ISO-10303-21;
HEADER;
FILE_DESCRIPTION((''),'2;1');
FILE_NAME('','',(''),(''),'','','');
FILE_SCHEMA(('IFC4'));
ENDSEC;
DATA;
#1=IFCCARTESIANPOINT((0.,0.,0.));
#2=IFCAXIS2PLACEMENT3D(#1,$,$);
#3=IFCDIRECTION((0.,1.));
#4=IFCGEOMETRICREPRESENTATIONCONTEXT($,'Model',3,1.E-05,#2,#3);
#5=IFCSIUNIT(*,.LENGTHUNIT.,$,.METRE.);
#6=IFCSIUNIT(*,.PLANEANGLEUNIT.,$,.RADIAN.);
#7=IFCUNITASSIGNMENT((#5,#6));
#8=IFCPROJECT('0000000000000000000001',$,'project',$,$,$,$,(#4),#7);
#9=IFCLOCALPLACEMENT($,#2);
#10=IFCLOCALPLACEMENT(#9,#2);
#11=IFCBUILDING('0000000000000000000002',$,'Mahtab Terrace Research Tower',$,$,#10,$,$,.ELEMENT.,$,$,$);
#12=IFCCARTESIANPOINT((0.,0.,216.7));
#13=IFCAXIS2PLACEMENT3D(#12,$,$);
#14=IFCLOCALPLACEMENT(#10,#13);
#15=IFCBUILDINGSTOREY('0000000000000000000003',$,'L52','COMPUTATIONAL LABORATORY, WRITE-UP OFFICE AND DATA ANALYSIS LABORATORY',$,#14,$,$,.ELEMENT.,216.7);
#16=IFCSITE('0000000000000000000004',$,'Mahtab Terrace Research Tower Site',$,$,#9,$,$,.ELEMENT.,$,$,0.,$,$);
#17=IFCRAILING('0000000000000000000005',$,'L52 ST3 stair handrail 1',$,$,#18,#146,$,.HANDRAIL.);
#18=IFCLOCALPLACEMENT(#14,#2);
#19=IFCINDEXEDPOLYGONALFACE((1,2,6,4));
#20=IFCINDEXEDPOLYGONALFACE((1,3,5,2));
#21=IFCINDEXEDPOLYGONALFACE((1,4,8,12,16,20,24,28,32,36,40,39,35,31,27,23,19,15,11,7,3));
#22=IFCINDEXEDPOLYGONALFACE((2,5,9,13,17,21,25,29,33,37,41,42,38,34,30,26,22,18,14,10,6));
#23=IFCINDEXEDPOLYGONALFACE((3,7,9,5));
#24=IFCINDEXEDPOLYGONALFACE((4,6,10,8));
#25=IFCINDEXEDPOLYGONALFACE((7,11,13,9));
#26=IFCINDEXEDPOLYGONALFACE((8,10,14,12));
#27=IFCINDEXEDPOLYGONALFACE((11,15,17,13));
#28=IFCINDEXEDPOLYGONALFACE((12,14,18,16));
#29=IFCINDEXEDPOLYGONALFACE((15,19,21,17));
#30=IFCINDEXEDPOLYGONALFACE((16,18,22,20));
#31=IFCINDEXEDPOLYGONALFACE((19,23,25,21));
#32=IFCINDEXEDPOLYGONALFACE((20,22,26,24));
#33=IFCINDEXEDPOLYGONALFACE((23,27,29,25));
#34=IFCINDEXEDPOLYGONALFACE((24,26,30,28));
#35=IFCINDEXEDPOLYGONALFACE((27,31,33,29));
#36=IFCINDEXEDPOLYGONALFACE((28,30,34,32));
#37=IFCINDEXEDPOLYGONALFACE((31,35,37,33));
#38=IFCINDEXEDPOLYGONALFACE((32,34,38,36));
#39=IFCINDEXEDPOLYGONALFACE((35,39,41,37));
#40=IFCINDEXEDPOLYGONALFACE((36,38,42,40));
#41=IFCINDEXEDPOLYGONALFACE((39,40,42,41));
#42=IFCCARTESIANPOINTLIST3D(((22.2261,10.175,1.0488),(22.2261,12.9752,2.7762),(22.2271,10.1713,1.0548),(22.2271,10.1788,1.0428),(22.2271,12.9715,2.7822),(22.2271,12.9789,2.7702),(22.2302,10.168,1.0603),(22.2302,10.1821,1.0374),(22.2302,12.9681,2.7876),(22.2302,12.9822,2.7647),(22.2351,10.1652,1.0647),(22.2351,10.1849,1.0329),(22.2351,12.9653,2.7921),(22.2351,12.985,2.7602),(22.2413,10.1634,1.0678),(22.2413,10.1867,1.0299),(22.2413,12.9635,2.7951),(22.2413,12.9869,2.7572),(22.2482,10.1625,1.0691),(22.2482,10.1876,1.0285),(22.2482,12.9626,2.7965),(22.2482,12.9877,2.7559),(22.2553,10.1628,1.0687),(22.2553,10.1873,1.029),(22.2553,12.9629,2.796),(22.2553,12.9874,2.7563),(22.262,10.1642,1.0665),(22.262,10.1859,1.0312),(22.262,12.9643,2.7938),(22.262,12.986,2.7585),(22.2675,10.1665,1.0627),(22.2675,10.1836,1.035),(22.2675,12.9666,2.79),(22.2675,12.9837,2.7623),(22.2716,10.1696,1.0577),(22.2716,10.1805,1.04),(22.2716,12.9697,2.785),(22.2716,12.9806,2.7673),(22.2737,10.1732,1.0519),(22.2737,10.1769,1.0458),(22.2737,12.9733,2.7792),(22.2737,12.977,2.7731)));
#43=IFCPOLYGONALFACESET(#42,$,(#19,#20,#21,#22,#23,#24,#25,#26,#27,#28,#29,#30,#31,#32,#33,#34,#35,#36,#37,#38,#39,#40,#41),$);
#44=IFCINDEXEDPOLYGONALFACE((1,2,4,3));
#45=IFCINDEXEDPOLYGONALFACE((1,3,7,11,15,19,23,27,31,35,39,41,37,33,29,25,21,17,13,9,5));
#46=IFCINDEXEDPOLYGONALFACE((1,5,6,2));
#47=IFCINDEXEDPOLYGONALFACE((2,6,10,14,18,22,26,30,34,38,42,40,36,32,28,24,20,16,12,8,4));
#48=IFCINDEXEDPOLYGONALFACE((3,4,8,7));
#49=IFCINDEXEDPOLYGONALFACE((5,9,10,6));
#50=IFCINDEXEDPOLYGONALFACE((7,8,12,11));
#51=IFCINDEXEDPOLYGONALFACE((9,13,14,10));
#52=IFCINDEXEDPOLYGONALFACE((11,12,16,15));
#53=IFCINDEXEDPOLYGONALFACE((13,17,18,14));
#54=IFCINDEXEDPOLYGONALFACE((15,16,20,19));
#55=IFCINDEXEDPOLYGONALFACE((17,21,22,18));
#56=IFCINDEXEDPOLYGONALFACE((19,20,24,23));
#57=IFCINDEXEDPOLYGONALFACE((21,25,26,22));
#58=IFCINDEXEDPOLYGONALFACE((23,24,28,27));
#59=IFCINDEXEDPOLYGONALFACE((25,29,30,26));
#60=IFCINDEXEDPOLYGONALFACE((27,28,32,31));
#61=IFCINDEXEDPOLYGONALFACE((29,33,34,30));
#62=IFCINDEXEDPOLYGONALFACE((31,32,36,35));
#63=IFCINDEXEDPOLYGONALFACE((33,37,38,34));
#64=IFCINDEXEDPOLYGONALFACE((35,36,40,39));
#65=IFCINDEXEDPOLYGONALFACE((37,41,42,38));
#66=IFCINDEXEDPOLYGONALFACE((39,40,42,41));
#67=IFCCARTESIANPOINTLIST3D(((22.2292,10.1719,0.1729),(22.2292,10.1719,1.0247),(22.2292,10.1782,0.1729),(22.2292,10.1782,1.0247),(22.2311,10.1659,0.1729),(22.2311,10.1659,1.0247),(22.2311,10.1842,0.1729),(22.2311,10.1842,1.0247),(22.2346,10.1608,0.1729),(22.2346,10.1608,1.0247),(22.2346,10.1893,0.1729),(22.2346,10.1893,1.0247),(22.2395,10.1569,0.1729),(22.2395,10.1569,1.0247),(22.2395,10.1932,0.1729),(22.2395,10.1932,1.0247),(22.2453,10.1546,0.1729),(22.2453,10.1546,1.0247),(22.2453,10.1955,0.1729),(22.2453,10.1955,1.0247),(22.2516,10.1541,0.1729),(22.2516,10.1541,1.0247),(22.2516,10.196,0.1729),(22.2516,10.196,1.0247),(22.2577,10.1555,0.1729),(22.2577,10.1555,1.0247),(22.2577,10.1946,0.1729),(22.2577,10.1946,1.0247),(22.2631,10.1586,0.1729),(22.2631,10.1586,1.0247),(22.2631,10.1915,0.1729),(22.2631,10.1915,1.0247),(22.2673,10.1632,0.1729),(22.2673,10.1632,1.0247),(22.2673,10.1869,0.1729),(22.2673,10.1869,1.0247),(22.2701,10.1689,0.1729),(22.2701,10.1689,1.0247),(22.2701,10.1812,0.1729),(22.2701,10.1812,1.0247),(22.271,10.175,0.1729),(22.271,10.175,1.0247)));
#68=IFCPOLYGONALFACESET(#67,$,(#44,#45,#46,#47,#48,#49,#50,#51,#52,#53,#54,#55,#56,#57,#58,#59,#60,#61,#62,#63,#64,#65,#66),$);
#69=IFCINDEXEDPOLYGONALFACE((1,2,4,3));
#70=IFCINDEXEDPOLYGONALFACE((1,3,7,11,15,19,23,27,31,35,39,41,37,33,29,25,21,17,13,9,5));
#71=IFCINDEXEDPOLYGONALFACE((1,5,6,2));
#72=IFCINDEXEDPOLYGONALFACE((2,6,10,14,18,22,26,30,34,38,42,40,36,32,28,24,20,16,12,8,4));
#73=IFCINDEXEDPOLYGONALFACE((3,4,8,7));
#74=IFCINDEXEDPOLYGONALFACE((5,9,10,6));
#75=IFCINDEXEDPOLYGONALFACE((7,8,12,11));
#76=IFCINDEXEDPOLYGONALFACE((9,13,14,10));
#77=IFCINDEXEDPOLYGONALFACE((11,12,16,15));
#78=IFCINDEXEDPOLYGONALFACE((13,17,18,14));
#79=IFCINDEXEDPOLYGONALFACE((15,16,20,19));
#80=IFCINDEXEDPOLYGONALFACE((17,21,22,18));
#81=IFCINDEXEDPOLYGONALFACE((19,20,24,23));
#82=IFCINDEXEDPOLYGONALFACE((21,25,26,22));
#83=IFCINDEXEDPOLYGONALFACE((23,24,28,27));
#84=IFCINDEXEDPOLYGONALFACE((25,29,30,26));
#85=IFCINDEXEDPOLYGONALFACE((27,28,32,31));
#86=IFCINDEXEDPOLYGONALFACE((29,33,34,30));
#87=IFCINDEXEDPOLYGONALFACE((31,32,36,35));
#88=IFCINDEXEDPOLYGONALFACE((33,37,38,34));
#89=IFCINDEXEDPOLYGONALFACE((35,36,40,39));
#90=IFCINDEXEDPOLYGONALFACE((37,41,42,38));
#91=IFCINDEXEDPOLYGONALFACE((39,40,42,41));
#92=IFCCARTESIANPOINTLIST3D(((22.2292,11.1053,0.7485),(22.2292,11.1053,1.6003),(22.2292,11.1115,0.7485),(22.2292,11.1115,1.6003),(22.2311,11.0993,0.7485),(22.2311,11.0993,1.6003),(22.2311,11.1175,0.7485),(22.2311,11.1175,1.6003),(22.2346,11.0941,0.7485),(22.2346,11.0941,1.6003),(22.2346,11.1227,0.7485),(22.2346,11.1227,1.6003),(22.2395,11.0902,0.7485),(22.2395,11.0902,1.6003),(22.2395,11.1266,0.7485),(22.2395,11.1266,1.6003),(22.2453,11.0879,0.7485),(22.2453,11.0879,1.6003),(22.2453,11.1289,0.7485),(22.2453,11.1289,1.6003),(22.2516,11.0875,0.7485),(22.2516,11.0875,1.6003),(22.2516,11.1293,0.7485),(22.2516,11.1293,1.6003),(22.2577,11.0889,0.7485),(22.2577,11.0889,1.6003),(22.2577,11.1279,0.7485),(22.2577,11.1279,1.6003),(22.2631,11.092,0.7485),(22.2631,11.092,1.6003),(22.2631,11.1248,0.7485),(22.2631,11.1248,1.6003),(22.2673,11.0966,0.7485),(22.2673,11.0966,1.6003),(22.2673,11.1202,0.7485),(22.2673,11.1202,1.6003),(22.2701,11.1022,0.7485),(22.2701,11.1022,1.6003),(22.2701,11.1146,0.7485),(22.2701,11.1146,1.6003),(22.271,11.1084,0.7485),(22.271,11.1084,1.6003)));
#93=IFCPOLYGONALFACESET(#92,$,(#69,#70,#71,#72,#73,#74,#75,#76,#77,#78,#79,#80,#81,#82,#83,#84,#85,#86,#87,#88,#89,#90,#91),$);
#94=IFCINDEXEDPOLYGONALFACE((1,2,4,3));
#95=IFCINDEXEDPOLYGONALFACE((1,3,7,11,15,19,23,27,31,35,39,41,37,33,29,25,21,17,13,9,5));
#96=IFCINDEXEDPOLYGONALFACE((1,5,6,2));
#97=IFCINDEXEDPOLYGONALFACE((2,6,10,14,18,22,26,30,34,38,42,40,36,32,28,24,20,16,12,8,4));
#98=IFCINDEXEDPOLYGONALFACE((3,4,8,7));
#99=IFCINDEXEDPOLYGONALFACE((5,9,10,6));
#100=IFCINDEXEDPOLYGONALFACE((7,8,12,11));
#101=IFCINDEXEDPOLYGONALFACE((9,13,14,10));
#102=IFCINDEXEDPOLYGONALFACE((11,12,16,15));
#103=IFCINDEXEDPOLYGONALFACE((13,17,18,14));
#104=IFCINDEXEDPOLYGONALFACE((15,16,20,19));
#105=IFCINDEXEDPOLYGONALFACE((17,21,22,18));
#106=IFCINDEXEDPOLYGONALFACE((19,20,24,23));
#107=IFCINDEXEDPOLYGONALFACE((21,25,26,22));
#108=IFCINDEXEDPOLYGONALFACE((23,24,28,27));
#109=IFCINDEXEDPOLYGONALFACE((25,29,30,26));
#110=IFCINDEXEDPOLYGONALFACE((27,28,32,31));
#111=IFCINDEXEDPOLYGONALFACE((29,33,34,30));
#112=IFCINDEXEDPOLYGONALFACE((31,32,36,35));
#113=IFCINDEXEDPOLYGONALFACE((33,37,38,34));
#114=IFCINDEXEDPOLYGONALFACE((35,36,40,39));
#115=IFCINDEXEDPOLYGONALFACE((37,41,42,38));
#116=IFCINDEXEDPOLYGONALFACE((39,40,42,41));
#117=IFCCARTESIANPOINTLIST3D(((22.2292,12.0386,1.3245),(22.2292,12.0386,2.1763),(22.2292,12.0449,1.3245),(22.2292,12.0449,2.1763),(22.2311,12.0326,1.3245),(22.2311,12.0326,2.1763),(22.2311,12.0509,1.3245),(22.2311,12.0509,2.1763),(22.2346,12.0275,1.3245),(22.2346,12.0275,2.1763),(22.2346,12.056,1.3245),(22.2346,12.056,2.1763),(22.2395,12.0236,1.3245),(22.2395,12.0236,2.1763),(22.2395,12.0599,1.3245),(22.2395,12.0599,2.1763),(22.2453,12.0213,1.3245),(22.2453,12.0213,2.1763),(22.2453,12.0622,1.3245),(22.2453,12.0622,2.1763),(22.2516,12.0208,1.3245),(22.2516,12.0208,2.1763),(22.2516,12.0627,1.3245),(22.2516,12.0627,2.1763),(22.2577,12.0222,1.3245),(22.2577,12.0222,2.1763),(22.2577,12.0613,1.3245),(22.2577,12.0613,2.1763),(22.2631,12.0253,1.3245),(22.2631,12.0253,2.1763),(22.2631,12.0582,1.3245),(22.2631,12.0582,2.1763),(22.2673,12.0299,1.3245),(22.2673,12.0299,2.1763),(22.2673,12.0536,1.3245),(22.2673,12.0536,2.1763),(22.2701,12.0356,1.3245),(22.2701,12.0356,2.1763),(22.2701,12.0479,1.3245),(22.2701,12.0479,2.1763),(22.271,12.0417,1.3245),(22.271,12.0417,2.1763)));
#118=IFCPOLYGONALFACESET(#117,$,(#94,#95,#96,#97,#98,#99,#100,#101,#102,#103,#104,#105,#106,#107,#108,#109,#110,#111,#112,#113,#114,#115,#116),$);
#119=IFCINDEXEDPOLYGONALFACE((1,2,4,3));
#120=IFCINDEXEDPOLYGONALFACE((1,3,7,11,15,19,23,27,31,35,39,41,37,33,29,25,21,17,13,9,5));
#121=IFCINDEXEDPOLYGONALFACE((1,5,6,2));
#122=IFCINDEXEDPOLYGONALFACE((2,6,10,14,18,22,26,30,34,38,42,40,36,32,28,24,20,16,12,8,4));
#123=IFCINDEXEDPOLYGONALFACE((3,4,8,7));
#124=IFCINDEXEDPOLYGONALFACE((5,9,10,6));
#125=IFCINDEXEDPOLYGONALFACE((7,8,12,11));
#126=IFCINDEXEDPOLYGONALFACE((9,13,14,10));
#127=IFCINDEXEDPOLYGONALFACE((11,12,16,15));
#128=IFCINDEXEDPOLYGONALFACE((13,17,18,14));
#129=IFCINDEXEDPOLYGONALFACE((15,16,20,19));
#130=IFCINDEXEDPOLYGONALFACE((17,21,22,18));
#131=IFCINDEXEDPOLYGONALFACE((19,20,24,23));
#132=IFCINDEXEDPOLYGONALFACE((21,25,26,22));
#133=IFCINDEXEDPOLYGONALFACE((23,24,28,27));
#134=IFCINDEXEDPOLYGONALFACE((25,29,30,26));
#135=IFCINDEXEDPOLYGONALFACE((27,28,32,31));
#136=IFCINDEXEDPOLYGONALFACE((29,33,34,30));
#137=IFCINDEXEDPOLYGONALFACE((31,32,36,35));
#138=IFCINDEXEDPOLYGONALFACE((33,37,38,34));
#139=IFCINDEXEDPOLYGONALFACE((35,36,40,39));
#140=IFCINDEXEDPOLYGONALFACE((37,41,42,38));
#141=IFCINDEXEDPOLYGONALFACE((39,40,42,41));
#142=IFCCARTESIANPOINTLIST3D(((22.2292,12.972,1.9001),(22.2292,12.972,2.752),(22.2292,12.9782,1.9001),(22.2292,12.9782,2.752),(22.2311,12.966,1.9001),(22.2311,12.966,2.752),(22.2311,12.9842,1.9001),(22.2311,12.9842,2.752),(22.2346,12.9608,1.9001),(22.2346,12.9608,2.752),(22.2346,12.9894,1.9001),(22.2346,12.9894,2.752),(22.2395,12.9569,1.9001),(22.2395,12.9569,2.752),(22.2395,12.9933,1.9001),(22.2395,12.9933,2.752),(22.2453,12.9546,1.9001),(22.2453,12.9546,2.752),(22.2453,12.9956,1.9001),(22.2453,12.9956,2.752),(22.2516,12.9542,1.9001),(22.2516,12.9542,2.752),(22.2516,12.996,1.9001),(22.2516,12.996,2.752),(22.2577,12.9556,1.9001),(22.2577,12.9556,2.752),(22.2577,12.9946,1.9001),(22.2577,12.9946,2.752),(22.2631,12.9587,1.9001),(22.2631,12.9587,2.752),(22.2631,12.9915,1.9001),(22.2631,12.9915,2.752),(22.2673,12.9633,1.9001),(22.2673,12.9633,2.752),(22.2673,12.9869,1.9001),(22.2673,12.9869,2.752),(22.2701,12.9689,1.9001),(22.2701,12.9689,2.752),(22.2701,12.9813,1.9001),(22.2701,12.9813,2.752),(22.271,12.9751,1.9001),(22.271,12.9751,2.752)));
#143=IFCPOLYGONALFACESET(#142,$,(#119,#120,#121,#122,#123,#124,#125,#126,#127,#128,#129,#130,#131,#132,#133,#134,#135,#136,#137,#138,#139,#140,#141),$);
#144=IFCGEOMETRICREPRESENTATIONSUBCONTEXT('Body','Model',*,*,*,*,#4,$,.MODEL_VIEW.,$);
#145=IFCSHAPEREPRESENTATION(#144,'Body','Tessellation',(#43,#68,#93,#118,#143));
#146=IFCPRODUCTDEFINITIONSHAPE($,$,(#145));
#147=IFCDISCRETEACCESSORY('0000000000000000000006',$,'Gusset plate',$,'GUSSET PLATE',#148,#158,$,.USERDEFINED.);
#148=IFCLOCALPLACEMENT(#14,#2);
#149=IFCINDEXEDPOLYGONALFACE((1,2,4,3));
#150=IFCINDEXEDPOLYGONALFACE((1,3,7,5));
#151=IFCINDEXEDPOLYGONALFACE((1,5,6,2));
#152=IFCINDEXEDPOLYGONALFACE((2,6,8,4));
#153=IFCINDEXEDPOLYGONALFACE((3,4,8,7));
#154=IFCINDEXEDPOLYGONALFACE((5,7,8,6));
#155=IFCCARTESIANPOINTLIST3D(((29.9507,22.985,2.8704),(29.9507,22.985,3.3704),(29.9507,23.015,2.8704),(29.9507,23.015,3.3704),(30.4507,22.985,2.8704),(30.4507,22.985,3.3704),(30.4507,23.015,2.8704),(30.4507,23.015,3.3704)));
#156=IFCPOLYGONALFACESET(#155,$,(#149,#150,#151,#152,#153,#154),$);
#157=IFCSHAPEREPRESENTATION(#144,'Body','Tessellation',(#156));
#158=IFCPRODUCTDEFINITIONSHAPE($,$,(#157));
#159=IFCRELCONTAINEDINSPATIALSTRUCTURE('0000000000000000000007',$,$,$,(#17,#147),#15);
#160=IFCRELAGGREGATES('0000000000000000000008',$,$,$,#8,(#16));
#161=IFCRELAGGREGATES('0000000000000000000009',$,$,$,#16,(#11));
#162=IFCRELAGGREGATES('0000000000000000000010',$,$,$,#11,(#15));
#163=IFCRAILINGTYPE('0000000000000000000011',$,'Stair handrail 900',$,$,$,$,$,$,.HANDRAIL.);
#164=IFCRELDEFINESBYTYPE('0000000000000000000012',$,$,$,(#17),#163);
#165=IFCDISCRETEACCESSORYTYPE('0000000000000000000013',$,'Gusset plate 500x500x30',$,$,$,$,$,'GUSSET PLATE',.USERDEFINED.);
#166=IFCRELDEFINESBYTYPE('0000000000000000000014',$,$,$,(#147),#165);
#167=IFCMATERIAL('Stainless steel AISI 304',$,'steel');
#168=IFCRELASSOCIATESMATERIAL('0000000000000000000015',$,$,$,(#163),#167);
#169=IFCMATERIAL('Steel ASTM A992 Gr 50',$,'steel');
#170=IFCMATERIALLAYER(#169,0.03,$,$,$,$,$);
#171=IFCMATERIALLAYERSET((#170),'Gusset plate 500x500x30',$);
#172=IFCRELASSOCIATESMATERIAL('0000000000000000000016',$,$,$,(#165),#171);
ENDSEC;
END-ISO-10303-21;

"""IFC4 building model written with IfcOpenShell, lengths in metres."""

from ifc_helpers import new_model, si_unit, direction, frame, origin, origin_2d, place, context, subcontext, project, spatial, rectangle, circle, extrude, material, layer, layer_set, type_object, element, save


model = new_model("IFC4")

# Units and contexts
model_context = context("Model", 3, precision=1e-05, world=origin(), true_north=direction((0.0, 1.0)))
body_context = subcontext(model_context, "Body", "Model", "MODEL_VIEW")
ifc_project = project(units=[si_unit("LENGTHUNIT", "METRE"), si_unit("PLANEANGLEUNIT", "RADIAN")], contexts=[model_context])

# Site, building, storey
site_placement = place(None, origin())
site = spatial("IfcSite", under=ifc_project, at=site_placement, Name="Mahtab Terrace Research Tower Site", CompositionType="ELEMENT", RefElevation=0.0)
building_placement = place(site_placement, origin())
building = spatial("IfcBuilding", under=site, at=building_placement, Name="Mahtab Terrace Research Tower", CompositionType="ELEMENT")
storey_placement = place(building_placement, frame((0.0, 0.0, 216.7)))
storey = spatial("IfcBuildingStorey", under=building, at=storey_placement, Name="L52", Description="COMPUTATIONAL LABORATORY, WRITE-UP OFFICE AND DATA ANALYSIS LABORATORY", CompositionType="ELEMENT", Elevation=216.7)

# Shared definitions
ifc_material_1 = material(Name="Steel ASTM A992 Gr 50", Category="steel")

# Shared definitions
ifc_material_2 = material(Name="Stainless steel AISI 304", Category="steel")

# Railing
railing_type = type_object("IfcRailingType", Name="Stair handrail 900", PredefinedType="HANDRAIL", material=ifc_material_2)
railing_placement = place(storey_placement, frame((22.25, 10.175, 0.1729)))
element("IfcRailing", 1, at=railing_placement, inside=storey, type_object=railing_type, Name="L52 ST3 stair handrail 1", PredefinedType="HANDRAIL", context=body_context, shape_type="SweptSolid", body=[
    extrude(circle(Radius=0.0239, at=origin_2d()), frame((0.0, 0.0, 0.876), z_axis=(0.0, 0.85109, 0.52502), x_axis=(-1.0, 0.0, 0.0)), (0.0, 0.0, 1.0), 3.29),
    extrude(circle(Radius=0.021, at=origin_2d()), origin(), (0.0, 0.0, 1.0), 0.8518),
    extrude(circle(Radius=0.021, at=origin_2d()), frame((0.0, 0.9333, 0.5757)), (0.0, 0.0, 1.0), 0.8518),
    extrude(circle(Radius=0.021, at=origin_2d()), frame((0.0, 1.8667, 1.1516)), (0.0, 0.0, 1.0), 0.8518),
    extrude(circle(Radius=0.021, at=origin_2d()), frame((0.0, 2.8, 1.7273)), (0.0, 0.0, 1.0), 0.8518),
])

# Discrete accessory
ifc_layer_1 = layer(ifc_material_1, 0.03)
ifc_layer_set_1 = layer_set([ifc_layer_1], Name="Gusset plate 500x500x30")
discrete_accessory_type = type_object("IfcDiscreteAccessoryType", Name="Gusset plate 500x500x30", ElementType="GUSSET PLATE", PredefinedType="USERDEFINED", material=ifc_layer_set_1)
discrete_accessory_placement = place(storey_placement, frame((30.2007, 23.0, 2.8704), z_axis=(0.0, 0.0, 1.0), x_axis=(1.0, 0.0, 0.0)))
element("IfcDiscreteAccessory", 2, at=discrete_accessory_placement, inside=storey, type_object=discrete_accessory_type, Name="Gusset plate", ObjectType="GUSSET PLATE", PredefinedType="USERDEFINED", context=body_context, shape_type="SweptSolid", body=[
    extrude(rectangle(XDim=0.5, YDim=0.03, at=origin_2d()), origin(), (0.0, 0.0, 1.0), 0.5),
])

save(model, "model.ifc")
